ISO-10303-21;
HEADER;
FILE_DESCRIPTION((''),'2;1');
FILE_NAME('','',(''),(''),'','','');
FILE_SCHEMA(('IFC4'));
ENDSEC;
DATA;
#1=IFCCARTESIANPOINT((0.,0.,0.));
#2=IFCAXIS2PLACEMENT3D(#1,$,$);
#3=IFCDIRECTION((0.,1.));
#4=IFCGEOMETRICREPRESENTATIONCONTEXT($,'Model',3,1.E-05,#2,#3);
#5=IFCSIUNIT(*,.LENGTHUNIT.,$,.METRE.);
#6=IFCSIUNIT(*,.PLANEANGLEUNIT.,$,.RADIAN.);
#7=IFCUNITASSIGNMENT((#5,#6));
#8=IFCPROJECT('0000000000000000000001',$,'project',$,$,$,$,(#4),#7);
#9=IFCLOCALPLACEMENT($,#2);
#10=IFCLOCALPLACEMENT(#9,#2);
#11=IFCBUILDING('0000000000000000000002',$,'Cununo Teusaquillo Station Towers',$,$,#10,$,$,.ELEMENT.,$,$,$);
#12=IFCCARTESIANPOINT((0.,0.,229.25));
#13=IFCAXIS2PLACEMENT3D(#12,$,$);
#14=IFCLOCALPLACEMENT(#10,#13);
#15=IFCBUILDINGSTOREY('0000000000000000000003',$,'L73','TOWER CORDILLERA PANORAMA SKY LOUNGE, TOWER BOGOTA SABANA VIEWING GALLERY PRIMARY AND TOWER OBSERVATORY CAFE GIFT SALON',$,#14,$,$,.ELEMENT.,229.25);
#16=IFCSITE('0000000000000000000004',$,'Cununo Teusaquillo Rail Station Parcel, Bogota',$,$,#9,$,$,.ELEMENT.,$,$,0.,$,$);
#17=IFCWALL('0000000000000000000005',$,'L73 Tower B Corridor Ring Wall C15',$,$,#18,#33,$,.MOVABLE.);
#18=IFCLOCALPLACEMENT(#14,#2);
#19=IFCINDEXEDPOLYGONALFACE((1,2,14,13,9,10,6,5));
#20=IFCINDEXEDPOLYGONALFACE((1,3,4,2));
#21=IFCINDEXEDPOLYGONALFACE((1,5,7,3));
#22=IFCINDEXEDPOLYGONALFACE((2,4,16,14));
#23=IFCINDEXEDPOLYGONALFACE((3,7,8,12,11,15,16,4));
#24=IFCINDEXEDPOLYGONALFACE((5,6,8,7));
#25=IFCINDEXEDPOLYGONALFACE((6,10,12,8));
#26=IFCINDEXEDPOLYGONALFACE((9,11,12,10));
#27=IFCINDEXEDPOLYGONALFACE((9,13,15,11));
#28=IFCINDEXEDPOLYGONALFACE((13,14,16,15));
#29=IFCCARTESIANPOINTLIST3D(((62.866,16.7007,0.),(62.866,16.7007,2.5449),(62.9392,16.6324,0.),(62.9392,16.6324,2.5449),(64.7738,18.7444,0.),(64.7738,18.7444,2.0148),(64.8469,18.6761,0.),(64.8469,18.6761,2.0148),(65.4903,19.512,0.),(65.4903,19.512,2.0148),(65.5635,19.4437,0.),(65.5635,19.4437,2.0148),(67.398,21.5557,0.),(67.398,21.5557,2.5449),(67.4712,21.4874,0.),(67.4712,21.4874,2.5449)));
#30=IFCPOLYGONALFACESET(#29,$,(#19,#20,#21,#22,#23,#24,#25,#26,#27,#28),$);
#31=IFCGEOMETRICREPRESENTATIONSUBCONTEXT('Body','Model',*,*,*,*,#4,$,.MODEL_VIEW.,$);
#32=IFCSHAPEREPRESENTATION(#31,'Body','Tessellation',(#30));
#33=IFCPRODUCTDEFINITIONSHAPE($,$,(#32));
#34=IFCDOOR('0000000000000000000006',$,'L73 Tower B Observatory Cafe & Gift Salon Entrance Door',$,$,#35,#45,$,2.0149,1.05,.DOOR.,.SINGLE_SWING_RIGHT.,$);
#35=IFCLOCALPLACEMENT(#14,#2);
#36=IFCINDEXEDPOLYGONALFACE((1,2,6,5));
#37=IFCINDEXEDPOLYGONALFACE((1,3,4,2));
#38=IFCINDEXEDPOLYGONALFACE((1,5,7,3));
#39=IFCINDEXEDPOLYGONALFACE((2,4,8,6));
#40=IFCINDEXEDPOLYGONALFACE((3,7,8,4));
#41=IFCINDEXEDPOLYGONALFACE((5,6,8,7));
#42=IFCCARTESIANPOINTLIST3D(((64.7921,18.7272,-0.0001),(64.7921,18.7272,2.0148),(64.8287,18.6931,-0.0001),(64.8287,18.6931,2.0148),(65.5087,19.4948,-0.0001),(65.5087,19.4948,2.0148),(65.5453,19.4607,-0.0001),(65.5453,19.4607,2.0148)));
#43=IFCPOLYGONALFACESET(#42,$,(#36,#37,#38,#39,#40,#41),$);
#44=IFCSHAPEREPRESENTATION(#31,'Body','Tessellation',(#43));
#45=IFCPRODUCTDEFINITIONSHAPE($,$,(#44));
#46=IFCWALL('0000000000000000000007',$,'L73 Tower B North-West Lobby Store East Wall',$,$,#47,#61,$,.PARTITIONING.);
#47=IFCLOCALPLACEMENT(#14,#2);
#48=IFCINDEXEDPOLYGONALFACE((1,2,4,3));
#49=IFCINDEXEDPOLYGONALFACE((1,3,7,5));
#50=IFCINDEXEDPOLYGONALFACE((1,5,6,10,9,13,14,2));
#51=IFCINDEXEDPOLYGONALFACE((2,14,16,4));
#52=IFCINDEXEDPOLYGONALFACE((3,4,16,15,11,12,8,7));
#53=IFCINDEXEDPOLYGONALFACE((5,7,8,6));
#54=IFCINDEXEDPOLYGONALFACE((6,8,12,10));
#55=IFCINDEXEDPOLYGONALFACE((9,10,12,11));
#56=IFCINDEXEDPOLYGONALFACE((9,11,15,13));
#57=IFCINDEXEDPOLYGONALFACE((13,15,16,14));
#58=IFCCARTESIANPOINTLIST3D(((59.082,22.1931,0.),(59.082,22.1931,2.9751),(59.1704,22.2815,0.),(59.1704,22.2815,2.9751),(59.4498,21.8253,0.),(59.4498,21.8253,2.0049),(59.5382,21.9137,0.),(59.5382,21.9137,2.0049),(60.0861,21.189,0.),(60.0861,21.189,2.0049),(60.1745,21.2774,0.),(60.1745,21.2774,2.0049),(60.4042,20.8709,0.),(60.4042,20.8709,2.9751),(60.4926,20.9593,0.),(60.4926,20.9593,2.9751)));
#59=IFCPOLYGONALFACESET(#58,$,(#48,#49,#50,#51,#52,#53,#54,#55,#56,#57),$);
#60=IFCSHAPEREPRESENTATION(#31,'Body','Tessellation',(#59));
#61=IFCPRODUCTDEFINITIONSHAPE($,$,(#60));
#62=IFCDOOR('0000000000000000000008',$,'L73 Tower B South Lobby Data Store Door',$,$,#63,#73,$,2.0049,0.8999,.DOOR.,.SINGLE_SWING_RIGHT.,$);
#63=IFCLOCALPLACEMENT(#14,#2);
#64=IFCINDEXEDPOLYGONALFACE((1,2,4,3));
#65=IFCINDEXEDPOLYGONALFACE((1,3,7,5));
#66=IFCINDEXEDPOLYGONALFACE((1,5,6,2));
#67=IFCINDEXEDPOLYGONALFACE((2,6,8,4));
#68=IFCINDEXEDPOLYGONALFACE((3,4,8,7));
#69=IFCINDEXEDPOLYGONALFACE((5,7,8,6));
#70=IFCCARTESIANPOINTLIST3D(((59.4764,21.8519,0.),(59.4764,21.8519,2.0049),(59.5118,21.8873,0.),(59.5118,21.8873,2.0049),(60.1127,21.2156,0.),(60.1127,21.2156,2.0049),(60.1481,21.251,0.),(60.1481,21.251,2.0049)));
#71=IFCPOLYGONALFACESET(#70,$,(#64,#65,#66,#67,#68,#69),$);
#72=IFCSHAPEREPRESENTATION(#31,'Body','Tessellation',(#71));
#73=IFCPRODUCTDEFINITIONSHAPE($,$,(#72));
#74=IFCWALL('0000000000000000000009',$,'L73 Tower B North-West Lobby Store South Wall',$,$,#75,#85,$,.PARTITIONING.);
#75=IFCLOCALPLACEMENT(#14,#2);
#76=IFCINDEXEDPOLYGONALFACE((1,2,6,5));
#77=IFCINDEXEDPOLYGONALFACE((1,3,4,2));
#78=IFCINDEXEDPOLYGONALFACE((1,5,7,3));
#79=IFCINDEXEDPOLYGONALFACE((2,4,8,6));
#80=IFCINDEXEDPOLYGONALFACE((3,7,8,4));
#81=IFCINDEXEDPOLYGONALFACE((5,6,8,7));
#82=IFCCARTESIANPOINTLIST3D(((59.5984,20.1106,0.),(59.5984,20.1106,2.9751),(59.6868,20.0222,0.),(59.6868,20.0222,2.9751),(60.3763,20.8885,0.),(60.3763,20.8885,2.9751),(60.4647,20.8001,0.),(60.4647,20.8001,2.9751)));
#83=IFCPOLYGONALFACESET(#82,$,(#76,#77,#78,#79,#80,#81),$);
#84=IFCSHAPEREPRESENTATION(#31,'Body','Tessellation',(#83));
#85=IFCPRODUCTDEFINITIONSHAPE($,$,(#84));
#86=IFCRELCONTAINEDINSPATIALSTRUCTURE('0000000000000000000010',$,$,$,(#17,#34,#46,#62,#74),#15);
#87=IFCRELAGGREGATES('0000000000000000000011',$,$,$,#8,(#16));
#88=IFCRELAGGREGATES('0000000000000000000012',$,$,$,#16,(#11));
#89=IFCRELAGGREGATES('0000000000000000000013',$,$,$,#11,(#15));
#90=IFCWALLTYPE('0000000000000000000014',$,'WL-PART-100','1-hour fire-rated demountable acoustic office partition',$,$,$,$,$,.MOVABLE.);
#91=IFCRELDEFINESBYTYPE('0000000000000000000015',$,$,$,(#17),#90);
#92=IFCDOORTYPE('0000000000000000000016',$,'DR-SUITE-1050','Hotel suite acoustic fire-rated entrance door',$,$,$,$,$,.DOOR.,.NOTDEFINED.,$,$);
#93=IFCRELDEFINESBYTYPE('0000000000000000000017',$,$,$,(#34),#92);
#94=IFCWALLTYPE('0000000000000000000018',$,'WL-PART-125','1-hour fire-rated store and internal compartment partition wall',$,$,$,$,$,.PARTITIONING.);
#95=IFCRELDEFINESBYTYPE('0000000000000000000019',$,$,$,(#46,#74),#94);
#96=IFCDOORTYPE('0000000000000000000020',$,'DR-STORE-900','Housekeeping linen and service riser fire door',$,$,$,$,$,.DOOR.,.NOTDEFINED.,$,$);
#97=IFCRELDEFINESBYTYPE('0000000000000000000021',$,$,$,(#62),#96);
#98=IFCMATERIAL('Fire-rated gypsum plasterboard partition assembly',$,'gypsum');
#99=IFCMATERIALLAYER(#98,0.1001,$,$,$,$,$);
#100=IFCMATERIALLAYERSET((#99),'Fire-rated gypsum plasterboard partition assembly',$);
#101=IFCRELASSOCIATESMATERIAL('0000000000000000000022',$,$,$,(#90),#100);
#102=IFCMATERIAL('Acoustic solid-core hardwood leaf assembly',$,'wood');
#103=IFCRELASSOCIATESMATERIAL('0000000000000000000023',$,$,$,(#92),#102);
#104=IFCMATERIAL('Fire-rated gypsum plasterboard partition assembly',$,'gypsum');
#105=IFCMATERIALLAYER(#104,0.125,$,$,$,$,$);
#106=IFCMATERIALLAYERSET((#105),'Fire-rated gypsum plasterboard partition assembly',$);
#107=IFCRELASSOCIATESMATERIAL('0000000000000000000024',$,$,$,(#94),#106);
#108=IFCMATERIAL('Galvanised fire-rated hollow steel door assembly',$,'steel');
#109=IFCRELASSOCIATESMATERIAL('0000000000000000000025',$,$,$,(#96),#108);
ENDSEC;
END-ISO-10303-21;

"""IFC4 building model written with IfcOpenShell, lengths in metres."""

from ifc_helpers import new_model, si_unit, direction, frame, frame_2d, origin, place, context, subcontext, project, spatial, rectangle, extrude, source, transform, mapped, material, layer, layer_set, type_object, element, fill, save


model = new_model("IFC4")

# Units and contexts
model_context = context("Model", 3, precision=1e-05, world=origin(), true_north=direction((0.0, 1.0)))
body_context = subcontext(model_context, "Body", "Model", "MODEL_VIEW")
ifc_project = project(units=[si_unit("LENGTHUNIT", "METRE"), si_unit("PLANEANGLEUNIT", "RADIAN")], contexts=[model_context])

# Site, building, storey
site_placement = place(None, origin())
site = spatial("IfcSite", under=ifc_project, at=site_placement, Name="Cununo Teusaquillo Rail Station Parcel, Bogota", CompositionType="ELEMENT", RefElevation=0.0)
building_placement = place(site_placement, origin())
building = spatial("IfcBuilding", under=site, at=building_placement, Name="Cununo Teusaquillo Station Towers", CompositionType="ELEMENT")
storey_placement = place(building_placement, frame((0.0, 0.0, 229.25)))
storey = spatial("IfcBuildingStorey", under=building, at=storey_placement, Name="L73", Description="TOWER CORDILLERA PANORAMA SKY LOUNGE, TOWER BOGOTA SABANA VIEWING GALLERY PRIMARY AND TOWER OBSERVATORY CAFE GIFT SALON", CompositionType="ELEMENT", Elevation=229.25)

# Walls, openings, doors
ifc_material_1 = material(Name="Fire-rated gypsum plasterboard partition assembly", Category="gypsum")
ifc_layer_1 = layer(ifc_material_1, 0.1001)
ifc_layer_set_1 = layer_set([ifc_layer_1], Name="Fire-rated gypsum plasterboard partition assembly")
wall_type_1 = type_object("IfcWallType", Name="WL-PART-100", Description="1-hour fire-rated demountable acoustic office partition", PredefinedType="MOVABLE", material=ifc_layer_set_1)
wall_1_placement = place(storey_placement, frame((62.9026, 16.6665, 0.0), z_axis=(0.0, 0.0, 1.0), x_axis=(0.682372, 0.731005, 0.0)))
wall_1 = element("IfcWall", 1, at=wall_1_placement, inside=storey, type_object=wall_type_1, Name="L73 Tower B Corridor Ring Wall C15", PredefinedType="MOVABLE", context=body_context, shape_type="SweptSolid", body=[
    extrude(rectangle(XDim=6.6416, YDim=0.1001, at=frame_2d((3.3208, 0.0))), origin(), (0.0, 0.0, 1.0), 2.5449),
])
shared_shape_1 = source(origin(), body_context, "Body", "SweptSolid", [
    extrude(rectangle(XDim=1.05, YDim=2.0149, at=frame_2d((0.5249, 1.0073))), frame((0.0, 0.0601, 0.0), z_axis=(0.0, -1.0, 0.0), x_axis=(1.0, 0.0, 0.0)), (0.0, 0.0, 1.0), 0.1201),
])
opening_1_placement = place(wall_1_placement, frame((2.7959, 0.0, 0.0)))
opening_1 = element("IfcOpeningElement", 2, at=opening_1_placement, cuts=wall_1, PredefinedType="OPENING", context=body_context, shape_type="MappedRepresentation", body=[
    mapped(shared_shape_1, transform((0.0, 0.0, 0.0), x_axis=(1.0, 0.0, 0.0), y_axis=(0.0, 1.0, 0.0), z_axis=(0.0, 0.0, 1.0), scale=1.0)),
])
ifc_material_2 = material(Name="Acoustic solid-core hardwood leaf assembly", Category="wood")
door_type_1 = type_object("IfcDoorType", Name="DR-SUITE-1050", Description="Hotel suite acoustic fire-rated entrance door", OperationType="NOTDEFINED", PredefinedType="DOOR", material=ifc_material_2)
shared_shape_2 = source(origin(), body_context, "Body", "SweptSolid", [
    extrude(rectangle(XDim=1.05, YDim=2.0149, at=frame_2d((0.5249, 1.0073))), frame((0.0, 0.0249, 0.0), z_axis=(0.0, -1.0, 0.0), x_axis=(1.0, 0.0, 0.0)), (0.0, 0.0, 1.0), 0.05),
])
door_1_placement = place(opening_1_placement, origin())
door_1 = element("IfcDoor", 3, at=door_1_placement, inside=storey, type_object=door_type_1, Name="L73 Tower B Observatory Cafe & Gift Salon Entrance Door", OperationType="SINGLE_SWING_RIGHT", OverallHeight=2.0149, OverallWidth=1.05, PredefinedType="DOOR", context=body_context, shape_type="MappedRepresentation", body=[
    mapped(shared_shape_2, transform((0.0, 0.0, 0.0), x_axis=(1.0, 0.0, 0.0), y_axis=(0.0, 1.0, 0.0), z_axis=(0.0, 0.0, 1.0), scale=1.0)),
])
fill(opening_1, door_1)
ifc_material_3 = material(Name="Fire-rated gypsum plasterboard partition assembly", Category="gypsum")
ifc_layer_2 = layer(ifc_material_3, 0.125)
ifc_layer_set_2 = layer_set([ifc_layer_2], Name="Fire-rated gypsum plasterboard partition assembly")
wall_type_2 = type_object("IfcWallType", Name="WL-PART-125", Description="1-hour fire-rated store and internal compartment partition wall", PredefinedType="PARTITIONING", material=ifc_layer_set_2)
wall_2_placement = place(storey_placement, frame((60.4485, 20.915, 0.0), z_axis=(0.0, 0.0, 1.0), x_axis=(-0.707107, 0.707107, 0.0)))
wall_2 = element("IfcWall", 4, at=wall_2_placement, inside=storey, type_object=wall_type_2, Name="L73 Tower B North-West Lobby Store East Wall", PredefinedType="PARTITIONING", context=body_context, shape_type="SweptSolid", body=[
    extrude(rectangle(XDim=1.8699, YDim=0.125, at=frame_2d((0.9351, 0.0))), origin(), (0.0, 0.0, 1.0), 2.9751),
])
shared_shape_3 = source(origin(), body_context, "Body", "SweptSolid", [
    extrude(rectangle(XDim=0.8999, YDim=2.0049, at=frame_2d((0.45, 1.0024))), frame((0.0, 0.0725, 0.0), z_axis=(0.0, -1.0, 0.0), x_axis=(1.0, 0.0, 0.0)), (0.0, 0.0, 1.0), 0.145),
])
opening_2_placement = place(wall_2_placement, frame((0.45, 0.0, 0.0)))
opening_2 = element("IfcOpeningElement", 5, at=opening_2_placement, cuts=wall_2, PredefinedType="OPENING", context=body_context, shape_type="MappedRepresentation", body=[
    mapped(shared_shape_3, transform((0.0, 0.0, 0.0), x_axis=(1.0, 0.0, 0.0), y_axis=(0.0, 1.0, 0.0), z_axis=(0.0, 0.0, 1.0), scale=1.0)),
])
ifc_material_4 = material(Name="Galvanised fire-rated hollow steel door assembly", Category="steel")
door_type_2 = type_object("IfcDoorType", Name="DR-STORE-900", Description="Housekeeping linen and service riser fire door", OperationType="NOTDEFINED", PredefinedType="DOOR", material=ifc_material_4)
shared_shape_4 = source(origin(), body_context, "Body", "SweptSolid", [
    extrude(rectangle(XDim=0.8999, YDim=2.0049, at=frame_2d((0.45, 1.0024))), frame((0.0, 0.0249, 0.0), z_axis=(0.0, -1.0, 0.0), x_axis=(1.0, 0.0, 0.0)), (0.0, 0.0, 1.0), 0.05),
])
door_2_placement = place(opening_2_placement, origin())
door_2 = element("IfcDoor", 6, at=door_2_placement, inside=storey, type_object=door_type_2, Name="L73 Tower B South Lobby Data Store Door", OperationType="SINGLE_SWING_RIGHT", OverallHeight=2.0049, OverallWidth=0.8999, PredefinedType="DOOR", context=body_context, shape_type="MappedRepresentation", body=[
    mapped(shared_shape_4, transform((0.0, 0.0, 0.0), x_axis=(1.0, 0.0, 0.0), y_axis=(0.0, 1.0, 0.0), z_axis=(0.0, 0.0, 1.0), scale=1.0)),
])
fill(opening_2, door_2)

# Wall
wall_3_placement = place(storey_placement, frame((59.6426, 20.0664, 0.0), z_axis=(0.0, 0.0, 1.0), x_axis=(0.707107, 0.707107, 0.0)))
element("IfcWall", 7, at=wall_3_placement, inside=storey, type_object=wall_type_2, Name="L73 Tower B North-West Lobby Store South Wall", PredefinedType="PARTITIONING", context=body_context, shape_type="SweptSolid", body=[
    extrude(rectangle(XDim=1.1001, YDim=0.125, at=frame_2d((0.55, 0.0))), origin(), (0.0, 0.0, 1.0), 2.9751),
])

save(model, "model.ifc")
